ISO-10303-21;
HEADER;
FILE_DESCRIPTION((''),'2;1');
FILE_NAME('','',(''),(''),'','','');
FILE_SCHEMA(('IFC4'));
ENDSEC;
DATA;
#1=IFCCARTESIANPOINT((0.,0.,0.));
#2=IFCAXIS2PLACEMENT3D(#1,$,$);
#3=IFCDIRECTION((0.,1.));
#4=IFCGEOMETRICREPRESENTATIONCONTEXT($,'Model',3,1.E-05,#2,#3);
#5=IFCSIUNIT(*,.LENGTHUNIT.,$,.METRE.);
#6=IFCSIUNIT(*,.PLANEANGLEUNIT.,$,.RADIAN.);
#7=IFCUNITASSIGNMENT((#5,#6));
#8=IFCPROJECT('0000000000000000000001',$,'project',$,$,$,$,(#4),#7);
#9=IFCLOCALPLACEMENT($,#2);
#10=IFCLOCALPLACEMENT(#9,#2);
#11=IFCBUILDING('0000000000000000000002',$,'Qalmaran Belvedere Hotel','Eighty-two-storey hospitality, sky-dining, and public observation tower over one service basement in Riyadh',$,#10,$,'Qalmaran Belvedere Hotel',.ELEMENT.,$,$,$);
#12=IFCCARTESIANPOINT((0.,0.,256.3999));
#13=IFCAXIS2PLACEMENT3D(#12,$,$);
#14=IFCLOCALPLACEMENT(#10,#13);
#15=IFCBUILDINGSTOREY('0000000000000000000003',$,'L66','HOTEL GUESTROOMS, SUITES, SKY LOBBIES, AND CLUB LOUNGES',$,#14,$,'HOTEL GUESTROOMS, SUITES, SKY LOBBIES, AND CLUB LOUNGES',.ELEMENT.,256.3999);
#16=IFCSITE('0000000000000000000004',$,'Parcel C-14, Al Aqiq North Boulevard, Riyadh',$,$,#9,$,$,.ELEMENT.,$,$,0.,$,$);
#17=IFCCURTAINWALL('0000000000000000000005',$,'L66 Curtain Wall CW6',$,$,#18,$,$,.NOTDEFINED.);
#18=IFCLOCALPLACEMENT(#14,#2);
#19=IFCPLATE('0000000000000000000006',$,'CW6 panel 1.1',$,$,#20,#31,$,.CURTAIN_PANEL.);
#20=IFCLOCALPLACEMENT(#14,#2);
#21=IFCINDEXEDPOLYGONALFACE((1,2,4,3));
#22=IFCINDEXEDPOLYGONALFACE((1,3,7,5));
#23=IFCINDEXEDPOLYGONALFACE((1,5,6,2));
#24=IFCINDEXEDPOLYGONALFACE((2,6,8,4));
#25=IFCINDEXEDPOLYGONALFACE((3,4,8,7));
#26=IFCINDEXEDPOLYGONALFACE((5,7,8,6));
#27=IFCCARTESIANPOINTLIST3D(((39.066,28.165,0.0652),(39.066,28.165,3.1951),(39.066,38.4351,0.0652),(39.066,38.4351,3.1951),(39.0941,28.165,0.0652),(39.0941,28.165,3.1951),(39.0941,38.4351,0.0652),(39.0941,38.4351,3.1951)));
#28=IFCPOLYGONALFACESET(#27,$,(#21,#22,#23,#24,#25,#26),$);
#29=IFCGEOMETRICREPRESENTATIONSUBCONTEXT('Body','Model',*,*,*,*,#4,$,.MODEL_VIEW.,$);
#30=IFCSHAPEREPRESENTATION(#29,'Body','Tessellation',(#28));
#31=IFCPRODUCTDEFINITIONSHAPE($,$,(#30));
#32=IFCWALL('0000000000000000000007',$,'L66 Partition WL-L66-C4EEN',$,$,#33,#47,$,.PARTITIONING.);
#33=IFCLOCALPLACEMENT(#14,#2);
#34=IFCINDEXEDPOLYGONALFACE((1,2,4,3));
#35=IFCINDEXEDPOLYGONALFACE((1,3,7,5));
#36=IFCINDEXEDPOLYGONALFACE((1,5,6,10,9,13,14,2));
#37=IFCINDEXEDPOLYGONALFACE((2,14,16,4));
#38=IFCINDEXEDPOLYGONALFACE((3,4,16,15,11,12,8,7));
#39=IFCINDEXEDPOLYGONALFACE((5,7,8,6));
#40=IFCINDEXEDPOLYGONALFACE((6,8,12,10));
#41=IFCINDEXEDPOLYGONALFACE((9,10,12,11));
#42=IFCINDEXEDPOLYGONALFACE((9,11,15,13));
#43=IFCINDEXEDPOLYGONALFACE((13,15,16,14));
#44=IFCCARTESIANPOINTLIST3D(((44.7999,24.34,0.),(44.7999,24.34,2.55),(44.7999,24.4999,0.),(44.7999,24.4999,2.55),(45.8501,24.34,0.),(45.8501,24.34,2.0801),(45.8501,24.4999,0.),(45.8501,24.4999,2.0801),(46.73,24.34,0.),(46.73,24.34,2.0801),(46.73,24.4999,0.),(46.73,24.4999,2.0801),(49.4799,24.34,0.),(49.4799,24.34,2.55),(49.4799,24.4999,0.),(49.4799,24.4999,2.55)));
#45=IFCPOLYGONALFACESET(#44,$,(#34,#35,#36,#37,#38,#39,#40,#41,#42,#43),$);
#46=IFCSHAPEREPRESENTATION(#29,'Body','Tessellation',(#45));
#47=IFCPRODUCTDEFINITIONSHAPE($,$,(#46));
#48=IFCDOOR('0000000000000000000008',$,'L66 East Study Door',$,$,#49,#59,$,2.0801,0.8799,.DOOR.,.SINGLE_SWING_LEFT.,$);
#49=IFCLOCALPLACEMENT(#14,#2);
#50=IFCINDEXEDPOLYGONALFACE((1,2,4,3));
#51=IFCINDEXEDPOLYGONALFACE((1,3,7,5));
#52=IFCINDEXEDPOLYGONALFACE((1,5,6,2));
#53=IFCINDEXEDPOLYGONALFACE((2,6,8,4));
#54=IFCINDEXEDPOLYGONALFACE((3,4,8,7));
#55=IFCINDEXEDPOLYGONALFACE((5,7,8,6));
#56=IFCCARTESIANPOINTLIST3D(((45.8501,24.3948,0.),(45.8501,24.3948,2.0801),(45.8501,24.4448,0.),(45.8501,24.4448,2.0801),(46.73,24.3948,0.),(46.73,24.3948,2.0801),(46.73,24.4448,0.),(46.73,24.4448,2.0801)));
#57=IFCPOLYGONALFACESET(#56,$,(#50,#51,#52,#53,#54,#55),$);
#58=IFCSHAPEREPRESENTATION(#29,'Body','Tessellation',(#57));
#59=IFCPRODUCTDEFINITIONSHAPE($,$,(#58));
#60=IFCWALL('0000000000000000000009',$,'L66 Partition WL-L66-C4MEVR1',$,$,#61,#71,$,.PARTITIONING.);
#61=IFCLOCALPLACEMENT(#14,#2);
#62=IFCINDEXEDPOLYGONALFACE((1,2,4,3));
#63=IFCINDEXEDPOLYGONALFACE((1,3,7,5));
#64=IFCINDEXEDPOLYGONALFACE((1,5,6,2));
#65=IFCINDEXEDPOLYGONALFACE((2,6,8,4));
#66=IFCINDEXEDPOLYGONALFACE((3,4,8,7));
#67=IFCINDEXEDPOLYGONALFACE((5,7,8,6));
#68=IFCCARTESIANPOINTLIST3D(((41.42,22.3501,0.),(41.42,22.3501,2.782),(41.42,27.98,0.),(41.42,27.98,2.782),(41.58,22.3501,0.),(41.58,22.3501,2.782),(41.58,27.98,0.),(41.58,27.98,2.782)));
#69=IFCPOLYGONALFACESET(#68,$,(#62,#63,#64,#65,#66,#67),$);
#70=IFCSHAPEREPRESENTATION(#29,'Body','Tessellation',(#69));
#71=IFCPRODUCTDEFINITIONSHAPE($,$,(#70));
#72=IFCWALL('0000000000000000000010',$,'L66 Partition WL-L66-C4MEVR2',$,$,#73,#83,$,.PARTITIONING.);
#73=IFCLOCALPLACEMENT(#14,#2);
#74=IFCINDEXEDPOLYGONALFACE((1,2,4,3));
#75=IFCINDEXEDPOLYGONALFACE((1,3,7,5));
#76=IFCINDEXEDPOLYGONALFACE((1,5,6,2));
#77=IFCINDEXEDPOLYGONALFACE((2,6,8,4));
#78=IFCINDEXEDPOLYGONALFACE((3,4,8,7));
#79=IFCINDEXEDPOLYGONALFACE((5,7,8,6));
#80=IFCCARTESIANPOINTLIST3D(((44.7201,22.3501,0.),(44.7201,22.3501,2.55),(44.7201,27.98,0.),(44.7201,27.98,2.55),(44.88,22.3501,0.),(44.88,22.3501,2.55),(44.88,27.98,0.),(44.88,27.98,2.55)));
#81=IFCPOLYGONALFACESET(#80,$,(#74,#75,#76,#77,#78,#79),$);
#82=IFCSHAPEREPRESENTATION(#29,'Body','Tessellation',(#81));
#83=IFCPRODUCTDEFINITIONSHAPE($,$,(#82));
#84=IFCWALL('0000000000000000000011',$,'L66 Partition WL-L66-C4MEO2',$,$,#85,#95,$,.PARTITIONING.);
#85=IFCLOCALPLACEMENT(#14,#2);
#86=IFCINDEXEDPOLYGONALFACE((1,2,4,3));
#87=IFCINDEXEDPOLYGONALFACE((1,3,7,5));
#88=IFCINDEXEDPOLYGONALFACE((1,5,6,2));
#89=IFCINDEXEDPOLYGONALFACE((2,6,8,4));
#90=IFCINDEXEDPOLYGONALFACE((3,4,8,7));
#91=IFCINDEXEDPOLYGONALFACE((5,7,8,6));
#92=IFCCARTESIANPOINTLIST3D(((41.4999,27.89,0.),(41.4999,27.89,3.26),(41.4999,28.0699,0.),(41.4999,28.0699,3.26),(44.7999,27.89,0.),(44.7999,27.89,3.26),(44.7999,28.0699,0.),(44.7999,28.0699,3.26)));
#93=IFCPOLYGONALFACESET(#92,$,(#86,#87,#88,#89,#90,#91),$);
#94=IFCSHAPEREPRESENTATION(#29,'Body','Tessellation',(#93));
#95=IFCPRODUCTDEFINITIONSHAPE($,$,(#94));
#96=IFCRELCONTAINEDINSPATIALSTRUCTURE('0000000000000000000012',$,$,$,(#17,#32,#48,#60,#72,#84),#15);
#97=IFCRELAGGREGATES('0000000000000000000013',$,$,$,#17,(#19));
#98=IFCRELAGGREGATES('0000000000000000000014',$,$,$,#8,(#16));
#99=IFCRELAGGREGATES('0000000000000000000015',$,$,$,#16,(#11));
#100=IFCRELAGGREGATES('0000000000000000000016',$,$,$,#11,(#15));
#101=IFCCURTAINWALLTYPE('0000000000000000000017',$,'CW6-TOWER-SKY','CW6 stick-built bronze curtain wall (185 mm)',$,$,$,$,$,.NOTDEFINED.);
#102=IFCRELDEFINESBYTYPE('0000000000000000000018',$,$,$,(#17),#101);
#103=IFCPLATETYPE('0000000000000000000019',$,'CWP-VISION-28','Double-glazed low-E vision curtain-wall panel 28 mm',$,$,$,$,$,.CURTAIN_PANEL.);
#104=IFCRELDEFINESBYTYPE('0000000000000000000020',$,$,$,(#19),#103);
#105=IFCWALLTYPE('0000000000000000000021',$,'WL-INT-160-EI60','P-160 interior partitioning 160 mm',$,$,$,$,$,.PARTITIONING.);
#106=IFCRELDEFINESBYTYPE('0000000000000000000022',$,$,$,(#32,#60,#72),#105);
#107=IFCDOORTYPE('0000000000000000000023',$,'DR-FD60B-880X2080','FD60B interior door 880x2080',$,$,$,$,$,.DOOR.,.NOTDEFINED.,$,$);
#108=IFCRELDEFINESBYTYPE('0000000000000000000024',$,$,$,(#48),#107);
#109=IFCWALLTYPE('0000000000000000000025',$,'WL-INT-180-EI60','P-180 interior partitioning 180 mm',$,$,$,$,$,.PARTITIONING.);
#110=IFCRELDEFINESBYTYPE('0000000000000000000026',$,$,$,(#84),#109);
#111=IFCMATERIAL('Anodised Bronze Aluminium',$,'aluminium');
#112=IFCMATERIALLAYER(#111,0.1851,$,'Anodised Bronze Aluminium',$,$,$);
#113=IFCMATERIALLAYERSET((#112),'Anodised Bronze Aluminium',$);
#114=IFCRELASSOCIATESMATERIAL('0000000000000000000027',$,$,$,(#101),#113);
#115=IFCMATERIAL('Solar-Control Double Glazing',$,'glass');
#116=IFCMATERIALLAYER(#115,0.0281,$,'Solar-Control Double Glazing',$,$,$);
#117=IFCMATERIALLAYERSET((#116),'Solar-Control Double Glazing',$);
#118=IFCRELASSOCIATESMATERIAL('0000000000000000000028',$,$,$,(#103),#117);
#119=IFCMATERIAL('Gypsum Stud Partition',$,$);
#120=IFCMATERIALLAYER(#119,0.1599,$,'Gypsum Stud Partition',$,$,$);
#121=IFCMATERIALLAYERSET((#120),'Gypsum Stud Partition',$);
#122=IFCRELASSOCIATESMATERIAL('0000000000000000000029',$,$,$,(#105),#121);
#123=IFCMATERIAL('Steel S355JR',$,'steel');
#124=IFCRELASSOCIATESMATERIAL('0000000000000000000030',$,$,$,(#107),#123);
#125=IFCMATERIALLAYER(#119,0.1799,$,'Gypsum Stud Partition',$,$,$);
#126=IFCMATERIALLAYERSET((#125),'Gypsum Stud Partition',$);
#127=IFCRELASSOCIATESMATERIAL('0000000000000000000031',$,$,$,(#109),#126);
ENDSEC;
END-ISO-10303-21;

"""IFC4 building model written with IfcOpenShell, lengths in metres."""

from ifc_helpers import new_model, si_unit, direction, frame, frame_2d, origin, origin_2d, place, context, subcontext, project, spatial, rectangle, extrude, material, layer, layer_set, type_object, element, fill, aggregate, save


model = new_model("IFC4")

# Units and contexts
model_context = context("Model", 3, precision=1e-05, world=origin(), true_north=direction((0.0, 1.0)))
body_context = subcontext(model_context, "Body", "Model", "MODEL_VIEW")
ifc_project = project(units=[si_unit("LENGTHUNIT", "METRE"), si_unit("PLANEANGLEUNIT", "RADIAN")], contexts=[model_context])

# Site, building, storey
site_placement = place(None, origin())
site = spatial("IfcSite", under=ifc_project, at=site_placement, Name="Parcel C-14, Al Aqiq North Boulevard, Riyadh", CompositionType="ELEMENT", RefElevation=0.0)
building_placement = place(site_placement, origin())
building = spatial("IfcBuilding", under=site, at=building_placement, Name="Qalmaran Belvedere Hotel", Description="Eighty-two-storey hospitality, sky-dining, and public observation tower over one service basement in Riyadh", LongName="Qalmaran Belvedere Hotel", CompositionType="ELEMENT")
storey_placement = place(building_placement, frame((0.0, 0.0, 256.3999)))
storey = spatial("IfcBuildingStorey", under=building, at=storey_placement, Name="L66", Description="HOTEL GUESTROOMS, SUITES, SKY LOBBIES, AND CLUB LOUNGES", LongName="HOTEL GUESTROOMS, SUITES, SKY LOBBIES, AND CLUB LOUNGES", CompositionType="ELEMENT", Elevation=256.3999)

# Shared definitions
ifc_material_1 = material(Name="Steel S355JR", Category="steel")

# Curtain wall
ifc_material_2 = material(Name="Anodised Bronze Aluminium", Category="aluminium")
ifc_layer_1 = layer(ifc_material_2, 0.1851, Name="Anodised Bronze Aluminium")
ifc_layer_set_1 = layer_set([ifc_layer_1], Name="Anodised Bronze Aluminium")
curtain_wall_type = type_object("IfcCurtainWallType", Name="CW6-TOWER-SKY", Description="CW6 stick-built bronze curtain wall (185 mm)", PredefinedType="NOTDEFINED", material=ifc_layer_set_1)
curtain_wall_1_placement = place(storey_placement, origin())
curtain_wall_1 = element("IfcCurtainWall", 1, at=curtain_wall_1_placement, inside=storey, type_object=curtain_wall_type, Name="L66 Curtain Wall CW6", PredefinedType="NOTDEFINED")

# Plate
ifc_material_3 = material(Name="Solar-Control Double Glazing", Category="glass")
ifc_layer_2 = layer(ifc_material_3, 0.0281, Name="Solar-Control Double Glazing")
ifc_layer_set_2 = layer_set([ifc_layer_2], Name="Solar-Control Double Glazing")
plate_type = type_object("IfcPlateType", Name="CWP-VISION-28", Description="Double-glazed low-E vision curtain-wall panel 28 mm", PredefinedType="CURTAIN_PANEL", material=ifc_layer_set_2)
plate_1_placement = place(storey_placement, frame((39.0801, 33.3, 0.0652), z_axis=(0.0, 0.0, 1.0), x_axis=(0.0, 1.0, 0.0)))
plate_1 = element("IfcPlate", 2, at=plate_1_placement, type_object=plate_type, Name="CW6 panel 1.1", PredefinedType="CURTAIN_PANEL", context=body_context, shape_type="SweptSolid", body=[
    extrude(rectangle(XDim=10.27, YDim=0.0281, at=origin_2d()), origin(), (0.0, 0.0, 1.0), 3.1299),
])
aggregate(curtain_wall_1, [plate_1])

# Wall, opening, door
ifc_material_4 = material(Name="Gypsum Stud Partition")
ifc_layer_3 = layer(ifc_material_4, 0.1599, Name="Gypsum Stud Partition")
ifc_layer_set_3 = layer_set([ifc_layer_3], Name="Gypsum Stud Partition")
wall_type_1 = type_object("IfcWallType", Name="WL-INT-160-EI60", Description="P-160 interior partitioning 160 mm", PredefinedType="PARTITIONING", material=ifc_layer_set_3)
wall_1_placement = place(storey_placement, frame((44.8, 24.4199, 0.0), z_axis=(0.0, 0.0, 1.0), x_axis=(1.0, 0.0, 0.0)))
wall_1 = element("IfcWall", 3, at=wall_1_placement, inside=storey, type_object=wall_type_1, Name="L66 Partition WL-L66-C4EEN", PredefinedType="PARTITIONING", context=body_context, shape_type="SweptSolid", body=[
    extrude(rectangle(XDim=4.6799, YDim=0.1599, at=frame_2d((2.3398, 0.0))), origin(), (0.0, 0.0, 1.0), 2.55),
])
opening_1_placement = place(wall_1_placement, frame((1.05, 0.0, 0.0)))
opening_1 = element("IfcOpeningElement", 4, at=opening_1_placement, cuts=wall_1, PredefinedType="OPENING", context=body_context, shape_type="SweptSolid", body=[
    extrude(rectangle(XDim=0.8799, YDim=2.0801, at=frame_2d((0.4399, 1.04))), frame((0.0, 0.0898, 0.0), z_axis=(0.0, -1.0, 0.0), x_axis=(1.0, 0.0, 0.0)), (0.0, 0.0, 1.0), 0.1799),
])
door_type_1 = type_object("IfcDoorType", Name="DR-FD60B-880X2080", Description="FD60B interior door 880x2080", OperationType="NOTDEFINED", PredefinedType="DOOR", material=ifc_material_1)
door_1_placement = place(opening_1_placement, origin())
door_1 = element("IfcDoor", 5, at=door_1_placement, inside=storey, type_object=door_type_1, Name="L66 East Study Door", OperationType="SINGLE_SWING_LEFT", OverallHeight=2.0801, OverallWidth=0.8799, PredefinedType="DOOR", context=body_context, shape_type="SweptSolid", body=[
    extrude(rectangle(XDim=0.8799, YDim=2.0801, at=frame_2d((0.4399, 1.04))), frame((0.0, 0.0249, 0.0), z_axis=(0.0, -1.0, 0.0), x_axis=(1.0, 0.0, 0.0)), (0.0, 0.0, 1.0), 0.05),
])
fill(opening_1, door_1)

# Walls
wall_2_placement = place(storey_placement, frame((41.5, 22.3501, 0.0), z_axis=(0.0, 0.0, 1.0), x_axis=(0.0, 1.0, 0.0)))
element("IfcWall", 6, at=wall_2_placement, inside=storey, type_object=wall_type_1, Name="L66 Partition WL-L66-C4MEVR1", PredefinedType="PARTITIONING", context=body_context, shape_type="SweptSolid", body=[
    extrude(rectangle(XDim=5.6299, YDim=0.1599, at=frame_2d((2.8149, 0.0))), origin(), (0.0, 0.0, 1.0), 2.782),
])
wall_3_placement = place(storey_placement, frame((44.8, 22.3501, 0.0), z_axis=(0.0, 0.0, 1.0), x_axis=(0.0, 1.0, 0.0)))
element("IfcWall", 7, at=wall_3_placement, inside=storey, type_object=wall_type_1, Name="L66 Partition WL-L66-C4MEVR2", PredefinedType="PARTITIONING", context=body_context, shape_type="SweptSolid", body=[
    extrude(rectangle(XDim=5.6299, YDim=0.1599, at=frame_2d((2.8149, 0.0))), origin(), (0.0, 0.0, 1.0), 2.55),
])

# Shared definitions
ifc_layer_4 = layer(ifc_material_4, 0.1799, Name="Gypsum Stud Partition")
ifc_layer_set_4 = layer_set([ifc_layer_4], Name="Gypsum Stud Partition")
wall_type_2 = type_object("IfcWallType", Name="WL-INT-180-EI60", Description="P-180 interior partitioning 180 mm", PredefinedType="PARTITIONING", material=ifc_layer_set_4)

# Wall
wall_4_placement = place(storey_placement, frame((41.5, 27.98, 0.0), z_axis=(0.0, 0.0, 1.0), x_axis=(1.0, 0.0, 0.0)))
element("IfcWall", 8, at=wall_4_placement, inside=storey, type_object=wall_type_2, Name="L66 Partition WL-L66-C4MEO2", PredefinedType="PARTITIONING", context=body_context, shape_type="SweptSolid", body=[
    extrude(rectangle(XDim=3.3, YDim=0.1799, at=frame_2d((1.6499, 0.0))), origin(), (0.0, 0.0, 1.0), 3.26),
])

save(model, "model.ifc")
